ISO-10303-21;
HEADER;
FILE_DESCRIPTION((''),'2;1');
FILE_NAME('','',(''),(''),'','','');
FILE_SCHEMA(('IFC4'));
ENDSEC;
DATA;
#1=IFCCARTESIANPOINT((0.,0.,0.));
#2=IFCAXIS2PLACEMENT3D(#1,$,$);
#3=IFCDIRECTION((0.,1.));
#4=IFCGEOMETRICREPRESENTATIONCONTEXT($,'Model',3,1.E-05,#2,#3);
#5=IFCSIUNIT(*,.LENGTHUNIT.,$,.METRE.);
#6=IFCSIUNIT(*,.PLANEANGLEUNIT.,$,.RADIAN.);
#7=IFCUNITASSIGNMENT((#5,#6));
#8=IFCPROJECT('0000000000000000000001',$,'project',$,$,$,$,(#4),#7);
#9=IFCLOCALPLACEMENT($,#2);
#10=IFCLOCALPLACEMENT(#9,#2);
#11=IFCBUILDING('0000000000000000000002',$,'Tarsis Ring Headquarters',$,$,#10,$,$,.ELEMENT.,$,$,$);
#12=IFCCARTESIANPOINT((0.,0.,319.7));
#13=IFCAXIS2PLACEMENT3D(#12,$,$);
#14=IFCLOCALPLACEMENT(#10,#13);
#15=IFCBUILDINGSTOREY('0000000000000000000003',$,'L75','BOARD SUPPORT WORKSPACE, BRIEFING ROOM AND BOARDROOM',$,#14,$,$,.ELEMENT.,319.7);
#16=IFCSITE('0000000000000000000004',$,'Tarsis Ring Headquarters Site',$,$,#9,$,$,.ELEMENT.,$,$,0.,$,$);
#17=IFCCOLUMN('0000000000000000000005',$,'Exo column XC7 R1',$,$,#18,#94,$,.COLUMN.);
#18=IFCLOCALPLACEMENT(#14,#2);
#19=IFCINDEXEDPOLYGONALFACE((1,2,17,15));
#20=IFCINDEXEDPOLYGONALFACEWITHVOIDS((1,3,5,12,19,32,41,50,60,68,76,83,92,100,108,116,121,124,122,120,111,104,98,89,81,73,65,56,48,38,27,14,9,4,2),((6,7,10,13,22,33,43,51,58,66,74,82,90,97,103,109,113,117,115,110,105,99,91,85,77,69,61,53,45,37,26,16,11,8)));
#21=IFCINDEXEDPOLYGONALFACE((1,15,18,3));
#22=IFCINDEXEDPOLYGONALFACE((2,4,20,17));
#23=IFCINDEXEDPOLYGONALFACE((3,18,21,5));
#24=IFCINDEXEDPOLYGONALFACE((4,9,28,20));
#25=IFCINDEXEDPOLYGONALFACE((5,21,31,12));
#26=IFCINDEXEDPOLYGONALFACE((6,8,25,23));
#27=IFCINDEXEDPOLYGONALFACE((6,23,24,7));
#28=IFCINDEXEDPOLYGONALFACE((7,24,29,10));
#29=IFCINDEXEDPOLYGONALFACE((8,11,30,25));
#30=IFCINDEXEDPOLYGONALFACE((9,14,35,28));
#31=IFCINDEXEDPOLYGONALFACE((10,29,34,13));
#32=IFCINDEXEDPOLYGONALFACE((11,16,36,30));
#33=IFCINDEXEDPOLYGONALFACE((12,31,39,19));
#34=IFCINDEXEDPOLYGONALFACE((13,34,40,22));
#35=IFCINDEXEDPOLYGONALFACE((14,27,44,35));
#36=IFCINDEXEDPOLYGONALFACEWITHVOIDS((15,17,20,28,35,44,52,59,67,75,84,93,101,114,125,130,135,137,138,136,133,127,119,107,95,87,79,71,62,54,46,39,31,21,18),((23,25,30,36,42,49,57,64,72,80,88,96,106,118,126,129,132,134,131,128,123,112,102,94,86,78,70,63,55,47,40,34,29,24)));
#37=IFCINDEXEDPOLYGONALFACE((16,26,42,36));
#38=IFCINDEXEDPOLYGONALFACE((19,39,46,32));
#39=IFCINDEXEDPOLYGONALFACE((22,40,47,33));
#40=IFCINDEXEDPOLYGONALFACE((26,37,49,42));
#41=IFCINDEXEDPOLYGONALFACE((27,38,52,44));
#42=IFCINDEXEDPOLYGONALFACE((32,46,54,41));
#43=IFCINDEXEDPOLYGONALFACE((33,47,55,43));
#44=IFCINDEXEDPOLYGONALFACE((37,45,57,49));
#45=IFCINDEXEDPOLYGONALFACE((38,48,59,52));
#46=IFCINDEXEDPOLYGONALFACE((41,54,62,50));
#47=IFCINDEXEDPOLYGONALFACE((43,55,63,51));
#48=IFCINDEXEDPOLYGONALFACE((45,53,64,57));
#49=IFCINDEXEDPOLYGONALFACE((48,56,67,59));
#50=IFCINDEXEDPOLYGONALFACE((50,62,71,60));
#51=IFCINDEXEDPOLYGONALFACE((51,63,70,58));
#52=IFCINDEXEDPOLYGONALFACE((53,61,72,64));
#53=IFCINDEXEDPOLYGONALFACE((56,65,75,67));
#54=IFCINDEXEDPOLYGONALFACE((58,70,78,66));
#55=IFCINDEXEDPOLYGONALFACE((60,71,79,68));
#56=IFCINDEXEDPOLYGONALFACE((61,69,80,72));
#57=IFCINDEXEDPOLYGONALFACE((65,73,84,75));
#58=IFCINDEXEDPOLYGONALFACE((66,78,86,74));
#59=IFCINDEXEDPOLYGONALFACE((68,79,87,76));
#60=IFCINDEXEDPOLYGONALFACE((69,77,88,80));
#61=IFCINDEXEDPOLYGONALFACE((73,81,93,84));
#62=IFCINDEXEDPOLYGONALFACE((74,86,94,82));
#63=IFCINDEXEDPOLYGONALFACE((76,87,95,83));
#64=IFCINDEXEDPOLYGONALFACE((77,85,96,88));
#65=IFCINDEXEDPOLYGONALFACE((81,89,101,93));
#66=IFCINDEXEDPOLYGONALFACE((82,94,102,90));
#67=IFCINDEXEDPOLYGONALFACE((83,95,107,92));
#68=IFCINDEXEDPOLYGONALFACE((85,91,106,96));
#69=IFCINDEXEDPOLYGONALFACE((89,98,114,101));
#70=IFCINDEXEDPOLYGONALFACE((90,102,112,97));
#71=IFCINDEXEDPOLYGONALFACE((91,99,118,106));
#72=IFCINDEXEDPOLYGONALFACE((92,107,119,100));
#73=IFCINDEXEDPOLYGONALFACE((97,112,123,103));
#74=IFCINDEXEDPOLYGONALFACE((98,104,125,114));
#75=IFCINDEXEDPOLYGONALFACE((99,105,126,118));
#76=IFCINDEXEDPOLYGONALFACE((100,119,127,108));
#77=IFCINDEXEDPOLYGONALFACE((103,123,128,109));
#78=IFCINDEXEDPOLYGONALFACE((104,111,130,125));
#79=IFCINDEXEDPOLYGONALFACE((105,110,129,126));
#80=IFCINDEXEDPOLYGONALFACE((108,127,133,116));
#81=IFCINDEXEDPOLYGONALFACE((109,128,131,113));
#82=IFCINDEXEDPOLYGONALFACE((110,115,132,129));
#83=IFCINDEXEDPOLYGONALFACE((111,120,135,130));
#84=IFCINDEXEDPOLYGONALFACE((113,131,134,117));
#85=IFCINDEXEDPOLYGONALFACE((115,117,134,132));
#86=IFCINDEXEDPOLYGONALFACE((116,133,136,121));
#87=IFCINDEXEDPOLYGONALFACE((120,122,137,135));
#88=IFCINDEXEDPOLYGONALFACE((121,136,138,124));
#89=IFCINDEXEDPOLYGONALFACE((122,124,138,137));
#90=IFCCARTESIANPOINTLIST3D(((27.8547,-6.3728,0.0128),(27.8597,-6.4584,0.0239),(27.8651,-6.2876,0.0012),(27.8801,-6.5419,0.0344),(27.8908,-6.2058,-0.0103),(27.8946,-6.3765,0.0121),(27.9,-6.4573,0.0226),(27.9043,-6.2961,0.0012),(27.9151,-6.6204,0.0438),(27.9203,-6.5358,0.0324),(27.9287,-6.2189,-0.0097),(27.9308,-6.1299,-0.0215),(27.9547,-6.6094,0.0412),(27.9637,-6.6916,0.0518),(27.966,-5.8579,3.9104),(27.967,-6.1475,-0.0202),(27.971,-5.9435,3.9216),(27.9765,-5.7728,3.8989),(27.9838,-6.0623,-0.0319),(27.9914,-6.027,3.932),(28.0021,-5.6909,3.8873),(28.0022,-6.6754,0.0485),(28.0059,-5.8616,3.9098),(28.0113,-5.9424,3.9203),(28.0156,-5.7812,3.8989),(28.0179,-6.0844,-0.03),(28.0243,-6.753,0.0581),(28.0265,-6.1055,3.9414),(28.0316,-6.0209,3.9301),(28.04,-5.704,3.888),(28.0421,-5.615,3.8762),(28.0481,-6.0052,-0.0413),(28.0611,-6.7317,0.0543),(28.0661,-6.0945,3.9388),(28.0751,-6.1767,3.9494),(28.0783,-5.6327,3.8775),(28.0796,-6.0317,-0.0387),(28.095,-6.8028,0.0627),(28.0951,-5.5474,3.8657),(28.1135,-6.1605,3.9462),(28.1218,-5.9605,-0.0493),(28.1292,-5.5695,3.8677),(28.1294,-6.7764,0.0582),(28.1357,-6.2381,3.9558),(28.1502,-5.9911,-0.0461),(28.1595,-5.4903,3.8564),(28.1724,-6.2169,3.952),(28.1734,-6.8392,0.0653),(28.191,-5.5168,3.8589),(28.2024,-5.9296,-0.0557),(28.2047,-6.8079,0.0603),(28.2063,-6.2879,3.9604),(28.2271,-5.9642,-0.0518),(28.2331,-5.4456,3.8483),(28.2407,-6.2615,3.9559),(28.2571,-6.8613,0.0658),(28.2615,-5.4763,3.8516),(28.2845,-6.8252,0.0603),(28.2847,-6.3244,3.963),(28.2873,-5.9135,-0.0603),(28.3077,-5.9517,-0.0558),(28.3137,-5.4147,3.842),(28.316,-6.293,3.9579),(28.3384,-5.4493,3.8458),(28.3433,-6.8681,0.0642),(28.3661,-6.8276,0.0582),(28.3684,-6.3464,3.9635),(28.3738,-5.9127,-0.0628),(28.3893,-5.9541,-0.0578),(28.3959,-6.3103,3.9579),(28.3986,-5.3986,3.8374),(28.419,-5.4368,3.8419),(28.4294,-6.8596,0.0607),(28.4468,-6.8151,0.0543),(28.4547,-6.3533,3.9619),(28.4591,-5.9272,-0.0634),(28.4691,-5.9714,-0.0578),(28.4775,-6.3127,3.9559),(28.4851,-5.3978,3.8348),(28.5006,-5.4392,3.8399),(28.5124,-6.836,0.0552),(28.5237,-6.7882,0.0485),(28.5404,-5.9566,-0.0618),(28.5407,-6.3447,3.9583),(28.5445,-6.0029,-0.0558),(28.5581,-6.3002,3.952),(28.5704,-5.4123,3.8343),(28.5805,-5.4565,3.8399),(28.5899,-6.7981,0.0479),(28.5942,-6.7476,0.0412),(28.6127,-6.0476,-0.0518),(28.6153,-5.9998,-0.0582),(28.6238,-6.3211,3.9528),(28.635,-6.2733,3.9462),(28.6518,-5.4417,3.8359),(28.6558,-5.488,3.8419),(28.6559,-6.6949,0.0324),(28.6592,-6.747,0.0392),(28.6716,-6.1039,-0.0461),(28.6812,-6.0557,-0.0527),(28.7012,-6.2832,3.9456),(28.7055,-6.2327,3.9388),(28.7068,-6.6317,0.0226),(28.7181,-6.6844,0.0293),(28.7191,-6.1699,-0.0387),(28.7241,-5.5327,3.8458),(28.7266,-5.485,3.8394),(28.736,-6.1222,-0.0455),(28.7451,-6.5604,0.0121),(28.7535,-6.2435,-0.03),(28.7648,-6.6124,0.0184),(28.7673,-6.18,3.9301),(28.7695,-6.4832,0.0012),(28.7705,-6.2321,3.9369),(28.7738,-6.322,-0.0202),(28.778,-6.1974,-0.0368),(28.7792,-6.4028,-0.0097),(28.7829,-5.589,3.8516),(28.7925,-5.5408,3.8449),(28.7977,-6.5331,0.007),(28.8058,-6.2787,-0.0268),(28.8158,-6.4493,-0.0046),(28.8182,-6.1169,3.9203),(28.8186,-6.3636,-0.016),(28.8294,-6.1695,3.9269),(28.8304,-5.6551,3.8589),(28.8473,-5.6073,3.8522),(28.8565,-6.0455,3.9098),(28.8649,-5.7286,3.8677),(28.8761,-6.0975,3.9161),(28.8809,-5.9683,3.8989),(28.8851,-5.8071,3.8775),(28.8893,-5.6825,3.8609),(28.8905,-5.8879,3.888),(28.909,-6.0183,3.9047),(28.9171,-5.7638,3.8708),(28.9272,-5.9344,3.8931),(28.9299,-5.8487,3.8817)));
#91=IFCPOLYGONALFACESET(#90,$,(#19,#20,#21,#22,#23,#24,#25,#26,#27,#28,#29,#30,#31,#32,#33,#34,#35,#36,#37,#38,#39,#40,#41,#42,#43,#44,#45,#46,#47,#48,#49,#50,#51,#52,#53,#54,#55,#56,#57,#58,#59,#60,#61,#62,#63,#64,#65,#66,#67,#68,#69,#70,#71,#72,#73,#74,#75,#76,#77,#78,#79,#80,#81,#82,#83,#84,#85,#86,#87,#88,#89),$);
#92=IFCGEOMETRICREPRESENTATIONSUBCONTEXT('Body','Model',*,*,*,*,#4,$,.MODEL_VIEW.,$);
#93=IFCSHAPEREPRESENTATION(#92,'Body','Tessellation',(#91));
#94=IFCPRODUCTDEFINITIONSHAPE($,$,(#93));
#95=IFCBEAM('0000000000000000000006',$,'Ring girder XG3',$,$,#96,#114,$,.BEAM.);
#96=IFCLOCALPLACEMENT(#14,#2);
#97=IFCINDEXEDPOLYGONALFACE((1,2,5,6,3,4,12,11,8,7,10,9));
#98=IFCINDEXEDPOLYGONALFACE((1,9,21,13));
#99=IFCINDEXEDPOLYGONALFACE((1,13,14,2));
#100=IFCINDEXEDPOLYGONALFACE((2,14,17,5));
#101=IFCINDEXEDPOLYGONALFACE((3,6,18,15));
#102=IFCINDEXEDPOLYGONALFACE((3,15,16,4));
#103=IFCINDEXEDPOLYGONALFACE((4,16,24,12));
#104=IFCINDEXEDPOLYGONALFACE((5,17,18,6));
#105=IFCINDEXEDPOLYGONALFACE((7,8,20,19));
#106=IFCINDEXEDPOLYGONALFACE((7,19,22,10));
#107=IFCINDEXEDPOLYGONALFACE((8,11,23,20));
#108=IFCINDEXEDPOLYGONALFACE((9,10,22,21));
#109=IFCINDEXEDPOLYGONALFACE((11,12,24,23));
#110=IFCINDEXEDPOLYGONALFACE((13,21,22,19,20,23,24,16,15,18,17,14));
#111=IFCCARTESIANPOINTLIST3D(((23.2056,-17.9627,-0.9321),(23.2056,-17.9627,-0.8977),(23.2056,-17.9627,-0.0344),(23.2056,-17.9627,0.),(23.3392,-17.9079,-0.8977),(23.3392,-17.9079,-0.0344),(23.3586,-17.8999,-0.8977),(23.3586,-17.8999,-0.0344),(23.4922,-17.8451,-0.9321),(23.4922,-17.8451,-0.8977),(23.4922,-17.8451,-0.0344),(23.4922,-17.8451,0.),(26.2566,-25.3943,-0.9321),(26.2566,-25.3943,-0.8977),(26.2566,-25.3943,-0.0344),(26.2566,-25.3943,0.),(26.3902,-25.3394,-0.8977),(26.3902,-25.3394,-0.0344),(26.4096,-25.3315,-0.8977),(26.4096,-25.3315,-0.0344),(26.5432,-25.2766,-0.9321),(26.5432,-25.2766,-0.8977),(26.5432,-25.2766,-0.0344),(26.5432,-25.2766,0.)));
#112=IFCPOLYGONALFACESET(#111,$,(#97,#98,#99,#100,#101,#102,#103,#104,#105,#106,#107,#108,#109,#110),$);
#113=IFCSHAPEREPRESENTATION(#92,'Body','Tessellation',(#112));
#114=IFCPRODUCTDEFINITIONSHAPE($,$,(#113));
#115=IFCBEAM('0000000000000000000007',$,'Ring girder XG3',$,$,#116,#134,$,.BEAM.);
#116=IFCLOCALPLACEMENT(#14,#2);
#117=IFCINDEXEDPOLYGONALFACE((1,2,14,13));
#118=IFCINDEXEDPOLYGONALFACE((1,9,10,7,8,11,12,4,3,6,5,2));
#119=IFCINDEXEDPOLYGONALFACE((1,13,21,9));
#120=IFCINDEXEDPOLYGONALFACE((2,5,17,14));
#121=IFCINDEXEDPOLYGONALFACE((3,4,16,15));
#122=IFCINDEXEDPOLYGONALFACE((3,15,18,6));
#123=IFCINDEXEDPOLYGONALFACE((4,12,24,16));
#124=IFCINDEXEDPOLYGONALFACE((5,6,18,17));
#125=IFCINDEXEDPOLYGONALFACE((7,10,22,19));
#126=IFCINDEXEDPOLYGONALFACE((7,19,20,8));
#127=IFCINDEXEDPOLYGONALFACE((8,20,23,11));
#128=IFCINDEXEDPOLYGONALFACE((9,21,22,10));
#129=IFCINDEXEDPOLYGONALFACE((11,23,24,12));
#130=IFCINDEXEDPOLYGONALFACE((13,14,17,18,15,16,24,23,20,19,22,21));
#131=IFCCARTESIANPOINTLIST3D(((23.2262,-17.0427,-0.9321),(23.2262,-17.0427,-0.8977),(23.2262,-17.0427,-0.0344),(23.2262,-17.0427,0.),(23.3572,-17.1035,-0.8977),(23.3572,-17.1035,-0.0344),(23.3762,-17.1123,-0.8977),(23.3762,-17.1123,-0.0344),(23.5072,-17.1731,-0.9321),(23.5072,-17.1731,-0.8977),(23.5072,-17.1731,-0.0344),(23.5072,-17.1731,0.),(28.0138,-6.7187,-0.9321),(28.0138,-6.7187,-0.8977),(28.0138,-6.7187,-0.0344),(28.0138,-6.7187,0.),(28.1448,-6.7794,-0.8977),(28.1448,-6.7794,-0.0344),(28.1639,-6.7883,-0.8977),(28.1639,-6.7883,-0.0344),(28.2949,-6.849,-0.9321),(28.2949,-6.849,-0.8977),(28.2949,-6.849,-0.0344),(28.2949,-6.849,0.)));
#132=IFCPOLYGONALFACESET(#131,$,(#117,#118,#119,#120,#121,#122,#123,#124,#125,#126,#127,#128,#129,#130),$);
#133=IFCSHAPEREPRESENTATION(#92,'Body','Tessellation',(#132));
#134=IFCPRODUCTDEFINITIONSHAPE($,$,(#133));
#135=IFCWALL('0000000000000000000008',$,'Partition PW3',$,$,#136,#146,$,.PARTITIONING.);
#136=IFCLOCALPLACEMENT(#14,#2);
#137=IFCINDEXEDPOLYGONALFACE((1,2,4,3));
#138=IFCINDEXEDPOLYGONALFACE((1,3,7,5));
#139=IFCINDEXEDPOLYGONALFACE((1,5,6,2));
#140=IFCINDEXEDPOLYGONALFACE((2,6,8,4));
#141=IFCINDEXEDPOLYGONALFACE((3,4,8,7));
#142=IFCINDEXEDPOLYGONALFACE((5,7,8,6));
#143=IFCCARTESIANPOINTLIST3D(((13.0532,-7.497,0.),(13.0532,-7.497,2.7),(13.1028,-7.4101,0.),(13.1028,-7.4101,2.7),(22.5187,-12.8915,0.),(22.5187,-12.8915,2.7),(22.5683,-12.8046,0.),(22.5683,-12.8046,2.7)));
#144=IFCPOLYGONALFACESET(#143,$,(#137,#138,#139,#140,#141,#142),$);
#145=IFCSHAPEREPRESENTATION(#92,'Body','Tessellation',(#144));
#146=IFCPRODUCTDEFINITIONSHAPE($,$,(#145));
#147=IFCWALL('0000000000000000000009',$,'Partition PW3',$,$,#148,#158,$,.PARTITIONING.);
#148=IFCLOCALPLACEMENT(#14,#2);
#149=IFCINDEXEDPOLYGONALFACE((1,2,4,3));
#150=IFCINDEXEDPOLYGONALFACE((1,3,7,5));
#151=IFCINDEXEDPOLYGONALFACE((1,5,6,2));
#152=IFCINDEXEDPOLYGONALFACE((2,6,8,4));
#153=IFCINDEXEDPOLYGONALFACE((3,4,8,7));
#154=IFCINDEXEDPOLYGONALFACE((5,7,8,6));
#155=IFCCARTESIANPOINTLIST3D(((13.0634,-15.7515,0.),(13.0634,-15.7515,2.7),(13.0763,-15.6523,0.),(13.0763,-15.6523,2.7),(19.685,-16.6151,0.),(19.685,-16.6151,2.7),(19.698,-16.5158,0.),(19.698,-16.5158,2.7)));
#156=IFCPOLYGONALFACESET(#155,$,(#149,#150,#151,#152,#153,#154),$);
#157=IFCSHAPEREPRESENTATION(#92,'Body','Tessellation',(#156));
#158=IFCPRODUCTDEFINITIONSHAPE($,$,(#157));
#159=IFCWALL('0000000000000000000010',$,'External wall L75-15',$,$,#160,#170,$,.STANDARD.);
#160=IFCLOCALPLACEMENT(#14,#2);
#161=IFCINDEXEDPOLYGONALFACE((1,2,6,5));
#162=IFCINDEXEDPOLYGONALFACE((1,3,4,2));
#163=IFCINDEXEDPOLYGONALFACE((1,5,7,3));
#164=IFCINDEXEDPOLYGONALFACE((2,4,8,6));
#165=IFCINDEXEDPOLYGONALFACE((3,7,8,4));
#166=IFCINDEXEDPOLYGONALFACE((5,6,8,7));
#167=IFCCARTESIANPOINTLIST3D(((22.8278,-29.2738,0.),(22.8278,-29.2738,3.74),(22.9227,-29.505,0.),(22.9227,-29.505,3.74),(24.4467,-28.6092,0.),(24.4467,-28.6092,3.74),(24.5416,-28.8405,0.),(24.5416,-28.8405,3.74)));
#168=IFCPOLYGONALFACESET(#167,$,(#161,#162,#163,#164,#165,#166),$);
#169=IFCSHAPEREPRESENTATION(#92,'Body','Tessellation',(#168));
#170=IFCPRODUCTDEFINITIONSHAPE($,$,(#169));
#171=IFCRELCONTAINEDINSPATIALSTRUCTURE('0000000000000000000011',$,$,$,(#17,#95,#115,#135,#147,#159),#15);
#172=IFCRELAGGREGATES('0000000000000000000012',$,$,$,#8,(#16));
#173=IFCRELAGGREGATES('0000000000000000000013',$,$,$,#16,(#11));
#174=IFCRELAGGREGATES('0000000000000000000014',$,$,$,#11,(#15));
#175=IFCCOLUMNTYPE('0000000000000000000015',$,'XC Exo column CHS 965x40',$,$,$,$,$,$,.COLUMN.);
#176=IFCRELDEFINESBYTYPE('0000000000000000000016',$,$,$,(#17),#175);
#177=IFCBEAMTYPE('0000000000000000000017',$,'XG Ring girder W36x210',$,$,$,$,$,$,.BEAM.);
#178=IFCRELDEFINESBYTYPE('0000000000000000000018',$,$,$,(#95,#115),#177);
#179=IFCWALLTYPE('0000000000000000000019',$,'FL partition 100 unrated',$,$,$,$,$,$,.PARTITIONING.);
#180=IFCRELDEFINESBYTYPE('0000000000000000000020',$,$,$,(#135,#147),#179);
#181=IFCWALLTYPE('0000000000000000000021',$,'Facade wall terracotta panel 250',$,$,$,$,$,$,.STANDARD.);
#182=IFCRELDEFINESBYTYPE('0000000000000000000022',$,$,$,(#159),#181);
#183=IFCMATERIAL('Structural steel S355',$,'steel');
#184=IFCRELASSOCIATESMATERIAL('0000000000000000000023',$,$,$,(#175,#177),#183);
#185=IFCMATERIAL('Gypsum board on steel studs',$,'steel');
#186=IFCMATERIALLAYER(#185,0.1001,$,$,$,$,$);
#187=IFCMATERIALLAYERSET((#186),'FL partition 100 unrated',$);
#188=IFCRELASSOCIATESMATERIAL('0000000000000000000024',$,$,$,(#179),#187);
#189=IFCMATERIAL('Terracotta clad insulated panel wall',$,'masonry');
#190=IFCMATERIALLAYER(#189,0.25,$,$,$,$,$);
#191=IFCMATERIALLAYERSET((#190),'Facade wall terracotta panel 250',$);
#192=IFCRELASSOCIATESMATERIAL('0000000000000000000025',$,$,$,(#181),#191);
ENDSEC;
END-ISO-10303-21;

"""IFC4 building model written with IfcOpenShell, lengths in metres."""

from ifc_helpers import new_model, si_unit, direction, frame, frame_2d, origin, origin_2d, place, context, subcontext, project, spatial, rectangle, hollow_circle, i_section, extrude, material, layer, layer_set, material_profile, profile_set, type_object, element, save


model = new_model("IFC4")

# Units and contexts
model_context = context("Model", 3, precision=1e-05, world=origin(), true_north=direction((0.0, 1.0)))
body_context = subcontext(model_context, "Body", "Model", "MODEL_VIEW")
ifc_project = project(units=[si_unit("LENGTHUNIT", "METRE"), si_unit("PLANEANGLEUNIT", "RADIAN")], contexts=[model_context])

# Site, building, storey
site_placement = place(None, origin())
site = spatial("IfcSite", under=ifc_project, at=site_placement, Name="Tarsis Ring Headquarters Site", CompositionType="ELEMENT", RefElevation=0.0)
building_placement = place(site_placement, origin())
building = spatial("IfcBuilding", under=site, at=building_placement, Name="Tarsis Ring Headquarters", CompositionType="ELEMENT")
storey_placement = place(building_placement, frame((0.0, 0.0, 319.7)))
storey = spatial("IfcBuildingStorey", under=building, at=storey_placement, Name="L75", Description="BOARD SUPPORT WORKSPACE, BRIEFING ROOM AND BOARDROOM", CompositionType="ELEMENT", Elevation=319.7)

# Column
ifc_material_1 = material(Name="Structural steel S355", Category="steel")
ifc_material_profile_1 = material_profile(ifc_material_1, hollow_circle(Radius=0.4827, WallThickness=0.04, at=origin_2d()), Name="CHS 965x40")
ifc_profile_set_1 = profile_set([ifc_material_profile_1], Name="Structural steel S355")
column_type = type_object("IfcColumnType", Name="XC Exo column CHS 965x40", PredefinedType="COLUMN", material=ifc_profile_set_1)
for number, where, z_axis, x_axis, name in (
    (1, (28.3369, -6.3896, 0.0012), (0.028305, 0.130911, 0.99099), (-0.977414, 0.211333, 0.0), "Exo column XC7 R1"),
):
    element("IfcColumn", number, at=place(storey_placement, frame(where, z_axis=z_axis, x_axis=x_axis)), inside=storey, type_object=column_type, Name=name, PredefinedType="COLUMN", context=body_context, shape_type="SweptSolid", body=[
        extrude(hollow_circle(Radius=0.4827, WallThickness=0.04, at=origin_2d()), origin(), (0.0, 0.0, 1.0), 3.9331),
    ])

# Beams
ifc_material_profile_2 = material_profile(ifc_material_1, i_section(OverallWidth=0.3098, OverallDepth=0.9321, WebThickness=0.021, FlangeThickness=0.0344, at=origin_2d()), Name="W36x210")
ifc_profile_set_2 = profile_set([ifc_material_profile_2], Name="Structural steel S355")
beam_type = type_object("IfcBeamType", Name="XG Ring girder W36x210", PredefinedType="BEAM", material=ifc_profile_set_2)
beam_1_placement = place(storey_placement, frame((26.3999, -25.3354, -0.4661), z_axis=(-0.379785, 0.925075, 0.0), x_axis=(-0.925075, -0.379785, 0.0)))
element("IfcBeam", 2, at=beam_1_placement, inside=storey, type_object=beam_type, Name="Ring girder XG3", PredefinedType="BEAM", context=body_context, shape_type="SweptSolid", body=[
    extrude(i_section(OverallWidth=0.3098, OverallDepth=0.9321, WebThickness=0.021, FlangeThickness=0.0344, at=origin_2d()), origin(), (0.0, 0.0, 1.0), 8.0334),
])
beam_2_placement = place(storey_placement, frame((23.3667, -17.1079, -0.4661), z_axis=(0.420701, 0.907199, 0.0), x_axis=(-0.907199, 0.420701, 0.0)))
element("IfcBeam", 3, at=beam_2_placement, inside=storey, type_object=beam_type, Name="Ring girder XG3", PredefinedType="BEAM", context=body_context, shape_type="SweptSolid", body=[
    extrude(i_section(OverallWidth=0.3098, OverallDepth=0.9321, WebThickness=0.021, FlangeThickness=0.0344, at=origin_2d()), origin(), (0.0, 0.0, 1.0), 11.3801),
])

# Walls
ifc_material_2 = material(Name="Gypsum board on steel studs", Category="steel")
ifc_layer_1 = layer(ifc_material_2, 0.1001)
ifc_layer_set_1 = layer_set([ifc_layer_1], Name="FL partition 100 unrated")
wall_type_1 = type_object("IfcWallType", Name="FL partition 100 unrated", PredefinedType="PARTITIONING", material=ifc_layer_set_1)
wall_1_placement = place(storey_placement, frame((13.0781, -7.4536, 0.0), z_axis=(0.0, 0.0, 1.0), x_axis=(0.868811, -0.495144, 0.0)))
element("IfcWall", 4, at=wall_1_placement, inside=storey, type_object=wall_type_1, Name="Partition PW3", PredefinedType="PARTITIONING", context=body_context, shape_type="SweptSolid", body=[
    extrude(rectangle(XDim=10.8948, YDim=0.1001, at=frame_2d((5.4473, 0.0))), origin(), (0.0, 0.0, 1.0), 2.7),
])
wall_2_placement = place(storey_placement, frame((13.0698, -15.7019, 0.0), z_axis=(0.0, 0.0, 1.0), x_axis=(0.991603, -0.129316, 0.0)))
element("IfcWall", 5, at=wall_2_placement, inside=storey, type_object=wall_type_1, Name="Partition PW3", PredefinedType="PARTITIONING", context=body_context, shape_type="SweptSolid", body=[
    extrude(rectangle(XDim=6.6777, YDim=0.1001, at=frame_2d((3.3389, 0.0))), origin(), (0.0, 0.0, 1.0), 2.7),
])
ifc_material_3 = material(Name="Terracotta clad insulated panel wall", Category="masonry")
ifc_layer_2 = layer(ifc_material_3, 0.25)
ifc_layer_set_2 = layer_set([ifc_layer_2], Name="Facade wall terracotta panel 250")
wall_type_2 = type_object("IfcWallType", Name="Facade wall terracotta panel 250", PredefinedType="STANDARD", material=ifc_layer_set_2)
wall_3_placement = place(storey_placement, frame((22.8752, -29.3894, 0.0), z_axis=(0.0, 0.0, 1.0), x_axis=(0.925091, 0.379746, 0.0)))
element("IfcWall", 6, at=wall_3_placement, inside=storey, type_object=wall_type_2, Name="External wall L75-15", PredefinedType="STANDARD", context=body_context, shape_type="SweptSolid", body=[
    extrude(rectangle(XDim=1.75, YDim=0.25, at=frame_2d((0.875, 0.0))), origin(), (0.0, 0.0, 1.0), 3.74),
])

save(model, "model.ifc")
